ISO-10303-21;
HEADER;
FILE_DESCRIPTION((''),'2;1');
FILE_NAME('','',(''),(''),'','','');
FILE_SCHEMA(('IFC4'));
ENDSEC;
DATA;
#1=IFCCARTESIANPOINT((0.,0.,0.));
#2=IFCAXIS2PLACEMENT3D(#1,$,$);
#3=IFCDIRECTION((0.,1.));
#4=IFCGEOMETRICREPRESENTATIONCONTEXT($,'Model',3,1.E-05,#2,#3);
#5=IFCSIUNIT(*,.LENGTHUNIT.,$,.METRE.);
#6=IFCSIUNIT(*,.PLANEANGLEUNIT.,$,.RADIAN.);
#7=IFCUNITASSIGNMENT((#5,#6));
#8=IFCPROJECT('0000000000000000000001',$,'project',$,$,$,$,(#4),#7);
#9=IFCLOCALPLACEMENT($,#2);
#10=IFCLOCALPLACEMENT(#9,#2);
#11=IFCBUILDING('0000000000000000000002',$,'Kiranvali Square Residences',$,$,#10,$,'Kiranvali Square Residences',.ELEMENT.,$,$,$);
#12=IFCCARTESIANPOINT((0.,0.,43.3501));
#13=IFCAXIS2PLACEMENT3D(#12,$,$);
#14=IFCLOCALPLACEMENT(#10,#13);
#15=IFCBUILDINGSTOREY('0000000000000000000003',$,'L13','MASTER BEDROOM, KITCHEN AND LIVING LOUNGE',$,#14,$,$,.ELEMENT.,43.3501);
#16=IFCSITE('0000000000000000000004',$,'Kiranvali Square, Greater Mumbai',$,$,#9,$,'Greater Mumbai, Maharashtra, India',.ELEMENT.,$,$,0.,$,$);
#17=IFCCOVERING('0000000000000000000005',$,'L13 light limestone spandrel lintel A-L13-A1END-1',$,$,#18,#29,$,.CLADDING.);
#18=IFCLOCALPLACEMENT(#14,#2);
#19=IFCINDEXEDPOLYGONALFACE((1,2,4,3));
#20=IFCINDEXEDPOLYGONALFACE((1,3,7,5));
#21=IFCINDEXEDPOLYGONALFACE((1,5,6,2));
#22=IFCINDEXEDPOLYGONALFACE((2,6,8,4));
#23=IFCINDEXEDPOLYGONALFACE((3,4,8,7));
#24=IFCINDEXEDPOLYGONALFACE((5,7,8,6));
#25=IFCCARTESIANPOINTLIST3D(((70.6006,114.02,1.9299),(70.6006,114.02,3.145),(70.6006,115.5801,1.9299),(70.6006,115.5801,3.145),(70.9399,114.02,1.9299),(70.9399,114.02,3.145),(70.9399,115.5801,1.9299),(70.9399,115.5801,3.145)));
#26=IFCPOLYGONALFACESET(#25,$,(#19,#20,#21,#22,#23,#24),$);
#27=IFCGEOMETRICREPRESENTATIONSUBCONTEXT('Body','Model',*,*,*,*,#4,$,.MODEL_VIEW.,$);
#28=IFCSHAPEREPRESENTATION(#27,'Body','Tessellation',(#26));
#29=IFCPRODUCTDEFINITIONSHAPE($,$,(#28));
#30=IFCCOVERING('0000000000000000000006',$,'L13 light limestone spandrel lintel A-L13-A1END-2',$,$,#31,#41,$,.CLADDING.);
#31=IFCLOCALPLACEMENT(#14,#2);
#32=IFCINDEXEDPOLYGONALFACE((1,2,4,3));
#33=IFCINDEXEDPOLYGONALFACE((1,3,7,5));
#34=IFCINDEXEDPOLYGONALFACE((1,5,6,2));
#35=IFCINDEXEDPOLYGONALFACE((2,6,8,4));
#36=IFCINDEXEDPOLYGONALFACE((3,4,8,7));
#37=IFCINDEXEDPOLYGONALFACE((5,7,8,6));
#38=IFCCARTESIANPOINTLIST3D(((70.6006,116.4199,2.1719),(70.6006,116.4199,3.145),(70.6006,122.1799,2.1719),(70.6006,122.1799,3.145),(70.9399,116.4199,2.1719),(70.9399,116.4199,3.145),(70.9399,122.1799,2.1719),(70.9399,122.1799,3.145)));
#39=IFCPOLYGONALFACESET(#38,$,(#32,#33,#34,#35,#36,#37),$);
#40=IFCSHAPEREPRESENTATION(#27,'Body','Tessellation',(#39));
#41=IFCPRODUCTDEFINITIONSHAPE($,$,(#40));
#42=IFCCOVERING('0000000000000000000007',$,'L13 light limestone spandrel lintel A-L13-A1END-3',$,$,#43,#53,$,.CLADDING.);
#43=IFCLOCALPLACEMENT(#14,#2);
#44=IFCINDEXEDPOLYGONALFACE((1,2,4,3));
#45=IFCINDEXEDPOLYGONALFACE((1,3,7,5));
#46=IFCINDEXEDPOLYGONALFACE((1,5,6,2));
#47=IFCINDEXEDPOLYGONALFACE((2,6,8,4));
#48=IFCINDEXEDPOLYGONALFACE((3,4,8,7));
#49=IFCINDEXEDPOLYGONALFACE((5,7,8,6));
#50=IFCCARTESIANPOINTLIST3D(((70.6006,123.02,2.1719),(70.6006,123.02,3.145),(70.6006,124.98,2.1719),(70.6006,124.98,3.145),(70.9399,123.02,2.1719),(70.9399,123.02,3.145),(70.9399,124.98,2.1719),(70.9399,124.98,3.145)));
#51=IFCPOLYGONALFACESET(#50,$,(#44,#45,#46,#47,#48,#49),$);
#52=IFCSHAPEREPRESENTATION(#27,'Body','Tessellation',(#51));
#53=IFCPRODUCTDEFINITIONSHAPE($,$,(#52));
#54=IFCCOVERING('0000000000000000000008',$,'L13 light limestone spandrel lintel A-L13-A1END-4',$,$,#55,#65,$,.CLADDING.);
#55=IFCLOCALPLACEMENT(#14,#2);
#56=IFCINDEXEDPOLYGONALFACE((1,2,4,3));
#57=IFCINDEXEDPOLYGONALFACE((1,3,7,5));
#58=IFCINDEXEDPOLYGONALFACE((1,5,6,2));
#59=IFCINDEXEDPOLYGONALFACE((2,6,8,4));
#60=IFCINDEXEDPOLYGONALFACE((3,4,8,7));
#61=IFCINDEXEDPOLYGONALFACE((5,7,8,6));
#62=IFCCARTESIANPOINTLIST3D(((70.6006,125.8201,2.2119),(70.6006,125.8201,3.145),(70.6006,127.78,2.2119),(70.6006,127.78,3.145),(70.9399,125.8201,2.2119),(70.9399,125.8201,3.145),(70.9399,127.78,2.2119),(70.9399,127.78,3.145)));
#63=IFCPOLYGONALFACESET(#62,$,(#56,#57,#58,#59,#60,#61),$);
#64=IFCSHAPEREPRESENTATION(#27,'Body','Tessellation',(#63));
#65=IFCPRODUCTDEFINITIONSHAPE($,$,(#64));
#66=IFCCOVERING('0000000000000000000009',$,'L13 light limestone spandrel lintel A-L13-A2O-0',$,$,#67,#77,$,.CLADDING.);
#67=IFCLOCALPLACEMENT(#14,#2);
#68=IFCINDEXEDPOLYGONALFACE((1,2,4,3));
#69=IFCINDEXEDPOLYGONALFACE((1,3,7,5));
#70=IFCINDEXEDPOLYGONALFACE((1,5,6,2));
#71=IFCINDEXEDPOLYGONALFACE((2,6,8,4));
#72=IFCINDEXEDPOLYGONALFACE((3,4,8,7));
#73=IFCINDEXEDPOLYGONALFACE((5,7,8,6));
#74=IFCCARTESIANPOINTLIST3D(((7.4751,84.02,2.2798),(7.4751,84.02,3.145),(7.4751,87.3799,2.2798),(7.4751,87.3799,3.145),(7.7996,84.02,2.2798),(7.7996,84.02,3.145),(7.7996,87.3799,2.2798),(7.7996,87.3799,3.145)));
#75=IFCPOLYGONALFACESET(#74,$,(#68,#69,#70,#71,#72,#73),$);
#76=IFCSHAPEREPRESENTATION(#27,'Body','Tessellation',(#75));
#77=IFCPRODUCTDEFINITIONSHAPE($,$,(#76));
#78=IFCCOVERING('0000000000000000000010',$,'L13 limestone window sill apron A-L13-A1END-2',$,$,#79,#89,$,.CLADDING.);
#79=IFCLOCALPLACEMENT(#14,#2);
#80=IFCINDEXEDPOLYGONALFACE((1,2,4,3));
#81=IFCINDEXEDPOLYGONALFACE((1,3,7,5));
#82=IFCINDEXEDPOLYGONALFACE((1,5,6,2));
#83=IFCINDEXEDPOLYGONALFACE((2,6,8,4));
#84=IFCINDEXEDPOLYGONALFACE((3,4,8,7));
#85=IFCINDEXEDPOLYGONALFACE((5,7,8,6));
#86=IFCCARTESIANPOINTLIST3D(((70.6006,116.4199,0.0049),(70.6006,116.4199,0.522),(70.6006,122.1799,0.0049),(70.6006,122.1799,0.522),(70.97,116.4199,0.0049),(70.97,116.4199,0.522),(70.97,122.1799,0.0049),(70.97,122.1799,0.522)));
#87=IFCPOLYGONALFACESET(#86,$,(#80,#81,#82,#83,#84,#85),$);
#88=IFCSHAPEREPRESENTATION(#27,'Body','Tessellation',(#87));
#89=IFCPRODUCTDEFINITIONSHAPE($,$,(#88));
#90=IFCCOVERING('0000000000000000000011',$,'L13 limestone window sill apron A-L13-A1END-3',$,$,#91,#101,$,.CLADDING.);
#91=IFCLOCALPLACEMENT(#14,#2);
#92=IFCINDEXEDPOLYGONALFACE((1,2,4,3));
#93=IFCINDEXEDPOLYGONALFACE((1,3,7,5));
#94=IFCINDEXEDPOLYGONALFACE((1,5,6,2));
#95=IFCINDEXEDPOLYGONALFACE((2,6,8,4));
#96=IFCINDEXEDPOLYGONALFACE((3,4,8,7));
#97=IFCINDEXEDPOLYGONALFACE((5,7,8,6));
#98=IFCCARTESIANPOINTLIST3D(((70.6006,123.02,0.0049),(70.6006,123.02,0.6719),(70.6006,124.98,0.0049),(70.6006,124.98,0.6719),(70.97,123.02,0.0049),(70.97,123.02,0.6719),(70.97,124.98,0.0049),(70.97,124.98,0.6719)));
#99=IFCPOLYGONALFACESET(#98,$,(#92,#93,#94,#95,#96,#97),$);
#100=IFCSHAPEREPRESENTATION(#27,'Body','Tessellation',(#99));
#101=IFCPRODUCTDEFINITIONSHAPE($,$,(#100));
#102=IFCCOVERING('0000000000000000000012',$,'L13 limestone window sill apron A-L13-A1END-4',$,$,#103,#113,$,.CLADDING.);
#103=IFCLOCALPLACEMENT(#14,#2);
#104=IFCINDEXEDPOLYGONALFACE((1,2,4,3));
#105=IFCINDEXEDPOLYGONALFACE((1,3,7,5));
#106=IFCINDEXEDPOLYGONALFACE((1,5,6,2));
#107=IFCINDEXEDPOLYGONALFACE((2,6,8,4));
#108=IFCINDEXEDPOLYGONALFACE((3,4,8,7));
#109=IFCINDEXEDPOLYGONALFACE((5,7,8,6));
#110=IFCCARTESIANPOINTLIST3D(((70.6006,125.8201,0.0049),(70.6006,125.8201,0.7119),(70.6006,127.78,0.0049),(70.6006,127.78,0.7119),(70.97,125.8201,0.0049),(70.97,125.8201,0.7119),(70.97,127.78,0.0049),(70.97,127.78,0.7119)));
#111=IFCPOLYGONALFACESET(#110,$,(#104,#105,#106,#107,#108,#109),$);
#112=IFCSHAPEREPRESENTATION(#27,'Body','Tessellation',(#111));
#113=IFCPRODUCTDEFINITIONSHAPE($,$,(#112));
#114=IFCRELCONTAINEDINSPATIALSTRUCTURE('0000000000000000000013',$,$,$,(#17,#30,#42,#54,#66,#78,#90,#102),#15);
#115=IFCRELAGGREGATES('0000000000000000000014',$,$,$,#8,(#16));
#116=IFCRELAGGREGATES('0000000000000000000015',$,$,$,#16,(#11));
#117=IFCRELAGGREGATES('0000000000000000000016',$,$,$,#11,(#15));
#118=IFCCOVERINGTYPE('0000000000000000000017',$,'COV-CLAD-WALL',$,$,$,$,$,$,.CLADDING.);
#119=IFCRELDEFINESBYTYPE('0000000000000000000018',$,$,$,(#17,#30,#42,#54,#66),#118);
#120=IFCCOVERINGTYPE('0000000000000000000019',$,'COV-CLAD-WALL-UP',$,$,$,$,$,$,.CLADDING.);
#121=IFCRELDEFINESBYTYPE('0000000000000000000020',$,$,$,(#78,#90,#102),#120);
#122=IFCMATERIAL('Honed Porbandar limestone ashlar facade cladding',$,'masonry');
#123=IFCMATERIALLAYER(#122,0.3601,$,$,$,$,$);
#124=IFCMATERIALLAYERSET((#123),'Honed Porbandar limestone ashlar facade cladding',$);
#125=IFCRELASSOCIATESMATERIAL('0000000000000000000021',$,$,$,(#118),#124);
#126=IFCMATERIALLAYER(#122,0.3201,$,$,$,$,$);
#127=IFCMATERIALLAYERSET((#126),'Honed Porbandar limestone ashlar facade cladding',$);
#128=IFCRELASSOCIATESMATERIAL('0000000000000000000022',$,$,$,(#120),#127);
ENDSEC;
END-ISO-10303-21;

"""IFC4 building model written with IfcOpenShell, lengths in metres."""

from ifc_helpers import new_model, si_unit, direction, frame, origin, place, context, subcontext, project, spatial, polyline, outline, extrude, material, layer, layer_set, type_object, element, save


model = new_model("IFC4")

# Units and contexts
model_context = context("Model", 3, precision=1e-05, world=origin(), true_north=direction((0.0, 1.0)))
body_context = subcontext(model_context, "Body", "Model", "MODEL_VIEW")
ifc_project = project(units=[si_unit("LENGTHUNIT", "METRE"), si_unit("PLANEANGLEUNIT", "RADIAN")], contexts=[model_context])

# Site, building, storey
site_placement = place(None, origin())
site = spatial("IfcSite", under=ifc_project, at=site_placement, Name="Kiranvali Square, Greater Mumbai", LongName="Greater Mumbai, Maharashtra, India", CompositionType="ELEMENT", RefElevation=0.0)
building_placement = place(site_placement, origin())
building = spatial("IfcBuilding", under=site, at=building_placement, Name="Kiranvali Square Residences", LongName="Kiranvali Square Residences", CompositionType="ELEMENT")
storey_placement = place(building_placement, frame((0.0, 0.0, 43.3501)))
storey = spatial("IfcBuildingStorey", under=building, at=storey_placement, Name="L13", Description="MASTER BEDROOM, KITCHEN AND LIVING LOUNGE", CompositionType="ELEMENT", Elevation=43.3501)

# Coverings
ifc_material = material(Name="Honed Porbandar limestone ashlar facade cladding", Category="masonry")
ifc_layer_1 = layer(ifc_material, 0.3601)
ifc_layer_set_1 = layer_set([ifc_layer_1], Name="Honed Porbandar limestone ashlar facade cladding")
covering_type_1 = type_object("IfcCoveringType", Name="COV-CLAD-WALL", PredefinedType="CLADDING", material=ifc_layer_set_1)
covering_1_placement = place(storey_placement, frame((0.0, 0.0, 1.9299)))
element("IfcCovering", 1, at=covering_1_placement, inside=storey, type_object=covering_type_1, Name="L13 light limestone spandrel lintel A-L13-A1END-1", PredefinedType="CLADDING", context=body_context, shape_type="SweptSolid", body=[
    extrude(outline(polyline([(70.9399, 114.02), (70.9399, 115.5801), (70.6006, 115.5801), (70.6006, 114.02), (70.9399, 114.02)])), origin(), (0.0, 0.0, 1.0), 1.2151),
])
covering_2_placement = place(storey_placement, frame((0.0, 0.0, 2.1719)))
element("IfcCovering", 2, at=covering_2_placement, inside=storey, type_object=covering_type_1, Name="L13 light limestone spandrel lintel A-L13-A1END-2", PredefinedType="CLADDING", context=body_context, shape_type="SweptSolid", body=[
    extrude(outline(polyline([(70.9399, 116.4199), (70.9399, 122.1799), (70.6006, 122.1799), (70.6006, 116.4199), (70.9399, 116.4199)])), origin(), (0.0, 0.0, 1.0), 0.9731),
])
covering_3_placement = place(storey_placement, frame((0.0, 0.0, 2.1719)))
element("IfcCovering", 3, at=covering_3_placement, inside=storey, type_object=covering_type_1, Name="L13 light limestone spandrel lintel A-L13-A1END-3", PredefinedType="CLADDING", context=body_context, shape_type="SweptSolid", body=[
    extrude(outline(polyline([(70.9399, 123.02), (70.9399, 124.98), (70.6006, 124.98), (70.6006, 123.02), (70.9399, 123.02)])), origin(), (0.0, 0.0, 1.0), 0.9731),
])
covering_4_placement = place(storey_placement, frame((0.0, 0.0, 2.2119)))
element("IfcCovering", 4, at=covering_4_placement, inside=storey, type_object=covering_type_1, Name="L13 light limestone spandrel lintel A-L13-A1END-4", PredefinedType="CLADDING", context=body_context, shape_type="SweptSolid", body=[
    extrude(outline(polyline([(70.9399, 125.8201), (70.9399, 127.78), (70.6006, 127.78), (70.6006, 125.8201), (70.9399, 125.8201)])), origin(), (0.0, 0.0, 1.0), 0.9331),
])
covering_5_placement = place(storey_placement, frame((0.0, 0.0, 2.2798)))
element("IfcCovering", 5, at=covering_5_placement, inside=storey, type_object=covering_type_1, Name="L13 light limestone spandrel lintel A-L13-A2O-0", PredefinedType="CLADDING", context=body_context, shape_type="SweptSolid", body=[
    extrude(outline(polyline([(7.4751, 87.3799), (7.4751, 84.02), (7.7996, 84.02), (7.7996, 87.3799), (7.4751, 87.3799)])), origin(), (0.0, 0.0, 1.0), 0.8652),
])
ifc_layer_2 = layer(ifc_material, 0.3201)
ifc_layer_set_2 = layer_set([ifc_layer_2], Name="Honed Porbandar limestone ashlar facade cladding")
covering_type_2 = type_object("IfcCoveringType", Name="COV-CLAD-WALL-UP", PredefinedType="CLADDING", material=ifc_layer_set_2)
covering_6_placement = place(storey_placement, frame((0.0, 0.0, 0.0049)))
element("IfcCovering", 6, at=covering_6_placement, inside=storey, type_object=covering_type_2, Name="L13 limestone window sill apron A-L13-A1END-2", PredefinedType="CLADDING", context=body_context, shape_type="SweptSolid", body=[
    extrude(outline(polyline([(70.97, 116.4199), (70.97, 122.1799), (70.6006, 122.1799), (70.6006, 116.4199), (70.97, 116.4199)])), origin(), (0.0, 0.0, 1.0), 0.5171),
])
covering_7_placement = place(storey_placement, frame((0.0, 0.0, 0.0049)))
element("IfcCovering", 7, at=covering_7_placement, inside=storey, type_object=covering_type_2, Name="L13 limestone window sill apron A-L13-A1END-3", PredefinedType="CLADDING", context=body_context, shape_type="SweptSolid", body=[
    extrude(outline(polyline([(70.97, 123.02), (70.97, 124.98), (70.6006, 124.98), (70.6006, 123.02), (70.97, 123.02)])), origin(), (0.0, 0.0, 1.0), 0.667),
])
covering_8_placement = place(storey_placement, frame((0.0, 0.0, 0.0049)))
element("IfcCovering", 8, at=covering_8_placement, inside=storey, type_object=covering_type_2, Name="L13 limestone window sill apron A-L13-A1END-4", PredefinedType="CLADDING", context=body_context, shape_type="SweptSolid", body=[
    extrude(outline(polyline([(70.97, 125.8201), (70.97, 127.78), (70.6006, 127.78), (70.6006, 125.8201), (70.97, 125.8201)])), origin(), (0.0, 0.0, 1.0), 0.707),
])

save(model, "model.ifc")
